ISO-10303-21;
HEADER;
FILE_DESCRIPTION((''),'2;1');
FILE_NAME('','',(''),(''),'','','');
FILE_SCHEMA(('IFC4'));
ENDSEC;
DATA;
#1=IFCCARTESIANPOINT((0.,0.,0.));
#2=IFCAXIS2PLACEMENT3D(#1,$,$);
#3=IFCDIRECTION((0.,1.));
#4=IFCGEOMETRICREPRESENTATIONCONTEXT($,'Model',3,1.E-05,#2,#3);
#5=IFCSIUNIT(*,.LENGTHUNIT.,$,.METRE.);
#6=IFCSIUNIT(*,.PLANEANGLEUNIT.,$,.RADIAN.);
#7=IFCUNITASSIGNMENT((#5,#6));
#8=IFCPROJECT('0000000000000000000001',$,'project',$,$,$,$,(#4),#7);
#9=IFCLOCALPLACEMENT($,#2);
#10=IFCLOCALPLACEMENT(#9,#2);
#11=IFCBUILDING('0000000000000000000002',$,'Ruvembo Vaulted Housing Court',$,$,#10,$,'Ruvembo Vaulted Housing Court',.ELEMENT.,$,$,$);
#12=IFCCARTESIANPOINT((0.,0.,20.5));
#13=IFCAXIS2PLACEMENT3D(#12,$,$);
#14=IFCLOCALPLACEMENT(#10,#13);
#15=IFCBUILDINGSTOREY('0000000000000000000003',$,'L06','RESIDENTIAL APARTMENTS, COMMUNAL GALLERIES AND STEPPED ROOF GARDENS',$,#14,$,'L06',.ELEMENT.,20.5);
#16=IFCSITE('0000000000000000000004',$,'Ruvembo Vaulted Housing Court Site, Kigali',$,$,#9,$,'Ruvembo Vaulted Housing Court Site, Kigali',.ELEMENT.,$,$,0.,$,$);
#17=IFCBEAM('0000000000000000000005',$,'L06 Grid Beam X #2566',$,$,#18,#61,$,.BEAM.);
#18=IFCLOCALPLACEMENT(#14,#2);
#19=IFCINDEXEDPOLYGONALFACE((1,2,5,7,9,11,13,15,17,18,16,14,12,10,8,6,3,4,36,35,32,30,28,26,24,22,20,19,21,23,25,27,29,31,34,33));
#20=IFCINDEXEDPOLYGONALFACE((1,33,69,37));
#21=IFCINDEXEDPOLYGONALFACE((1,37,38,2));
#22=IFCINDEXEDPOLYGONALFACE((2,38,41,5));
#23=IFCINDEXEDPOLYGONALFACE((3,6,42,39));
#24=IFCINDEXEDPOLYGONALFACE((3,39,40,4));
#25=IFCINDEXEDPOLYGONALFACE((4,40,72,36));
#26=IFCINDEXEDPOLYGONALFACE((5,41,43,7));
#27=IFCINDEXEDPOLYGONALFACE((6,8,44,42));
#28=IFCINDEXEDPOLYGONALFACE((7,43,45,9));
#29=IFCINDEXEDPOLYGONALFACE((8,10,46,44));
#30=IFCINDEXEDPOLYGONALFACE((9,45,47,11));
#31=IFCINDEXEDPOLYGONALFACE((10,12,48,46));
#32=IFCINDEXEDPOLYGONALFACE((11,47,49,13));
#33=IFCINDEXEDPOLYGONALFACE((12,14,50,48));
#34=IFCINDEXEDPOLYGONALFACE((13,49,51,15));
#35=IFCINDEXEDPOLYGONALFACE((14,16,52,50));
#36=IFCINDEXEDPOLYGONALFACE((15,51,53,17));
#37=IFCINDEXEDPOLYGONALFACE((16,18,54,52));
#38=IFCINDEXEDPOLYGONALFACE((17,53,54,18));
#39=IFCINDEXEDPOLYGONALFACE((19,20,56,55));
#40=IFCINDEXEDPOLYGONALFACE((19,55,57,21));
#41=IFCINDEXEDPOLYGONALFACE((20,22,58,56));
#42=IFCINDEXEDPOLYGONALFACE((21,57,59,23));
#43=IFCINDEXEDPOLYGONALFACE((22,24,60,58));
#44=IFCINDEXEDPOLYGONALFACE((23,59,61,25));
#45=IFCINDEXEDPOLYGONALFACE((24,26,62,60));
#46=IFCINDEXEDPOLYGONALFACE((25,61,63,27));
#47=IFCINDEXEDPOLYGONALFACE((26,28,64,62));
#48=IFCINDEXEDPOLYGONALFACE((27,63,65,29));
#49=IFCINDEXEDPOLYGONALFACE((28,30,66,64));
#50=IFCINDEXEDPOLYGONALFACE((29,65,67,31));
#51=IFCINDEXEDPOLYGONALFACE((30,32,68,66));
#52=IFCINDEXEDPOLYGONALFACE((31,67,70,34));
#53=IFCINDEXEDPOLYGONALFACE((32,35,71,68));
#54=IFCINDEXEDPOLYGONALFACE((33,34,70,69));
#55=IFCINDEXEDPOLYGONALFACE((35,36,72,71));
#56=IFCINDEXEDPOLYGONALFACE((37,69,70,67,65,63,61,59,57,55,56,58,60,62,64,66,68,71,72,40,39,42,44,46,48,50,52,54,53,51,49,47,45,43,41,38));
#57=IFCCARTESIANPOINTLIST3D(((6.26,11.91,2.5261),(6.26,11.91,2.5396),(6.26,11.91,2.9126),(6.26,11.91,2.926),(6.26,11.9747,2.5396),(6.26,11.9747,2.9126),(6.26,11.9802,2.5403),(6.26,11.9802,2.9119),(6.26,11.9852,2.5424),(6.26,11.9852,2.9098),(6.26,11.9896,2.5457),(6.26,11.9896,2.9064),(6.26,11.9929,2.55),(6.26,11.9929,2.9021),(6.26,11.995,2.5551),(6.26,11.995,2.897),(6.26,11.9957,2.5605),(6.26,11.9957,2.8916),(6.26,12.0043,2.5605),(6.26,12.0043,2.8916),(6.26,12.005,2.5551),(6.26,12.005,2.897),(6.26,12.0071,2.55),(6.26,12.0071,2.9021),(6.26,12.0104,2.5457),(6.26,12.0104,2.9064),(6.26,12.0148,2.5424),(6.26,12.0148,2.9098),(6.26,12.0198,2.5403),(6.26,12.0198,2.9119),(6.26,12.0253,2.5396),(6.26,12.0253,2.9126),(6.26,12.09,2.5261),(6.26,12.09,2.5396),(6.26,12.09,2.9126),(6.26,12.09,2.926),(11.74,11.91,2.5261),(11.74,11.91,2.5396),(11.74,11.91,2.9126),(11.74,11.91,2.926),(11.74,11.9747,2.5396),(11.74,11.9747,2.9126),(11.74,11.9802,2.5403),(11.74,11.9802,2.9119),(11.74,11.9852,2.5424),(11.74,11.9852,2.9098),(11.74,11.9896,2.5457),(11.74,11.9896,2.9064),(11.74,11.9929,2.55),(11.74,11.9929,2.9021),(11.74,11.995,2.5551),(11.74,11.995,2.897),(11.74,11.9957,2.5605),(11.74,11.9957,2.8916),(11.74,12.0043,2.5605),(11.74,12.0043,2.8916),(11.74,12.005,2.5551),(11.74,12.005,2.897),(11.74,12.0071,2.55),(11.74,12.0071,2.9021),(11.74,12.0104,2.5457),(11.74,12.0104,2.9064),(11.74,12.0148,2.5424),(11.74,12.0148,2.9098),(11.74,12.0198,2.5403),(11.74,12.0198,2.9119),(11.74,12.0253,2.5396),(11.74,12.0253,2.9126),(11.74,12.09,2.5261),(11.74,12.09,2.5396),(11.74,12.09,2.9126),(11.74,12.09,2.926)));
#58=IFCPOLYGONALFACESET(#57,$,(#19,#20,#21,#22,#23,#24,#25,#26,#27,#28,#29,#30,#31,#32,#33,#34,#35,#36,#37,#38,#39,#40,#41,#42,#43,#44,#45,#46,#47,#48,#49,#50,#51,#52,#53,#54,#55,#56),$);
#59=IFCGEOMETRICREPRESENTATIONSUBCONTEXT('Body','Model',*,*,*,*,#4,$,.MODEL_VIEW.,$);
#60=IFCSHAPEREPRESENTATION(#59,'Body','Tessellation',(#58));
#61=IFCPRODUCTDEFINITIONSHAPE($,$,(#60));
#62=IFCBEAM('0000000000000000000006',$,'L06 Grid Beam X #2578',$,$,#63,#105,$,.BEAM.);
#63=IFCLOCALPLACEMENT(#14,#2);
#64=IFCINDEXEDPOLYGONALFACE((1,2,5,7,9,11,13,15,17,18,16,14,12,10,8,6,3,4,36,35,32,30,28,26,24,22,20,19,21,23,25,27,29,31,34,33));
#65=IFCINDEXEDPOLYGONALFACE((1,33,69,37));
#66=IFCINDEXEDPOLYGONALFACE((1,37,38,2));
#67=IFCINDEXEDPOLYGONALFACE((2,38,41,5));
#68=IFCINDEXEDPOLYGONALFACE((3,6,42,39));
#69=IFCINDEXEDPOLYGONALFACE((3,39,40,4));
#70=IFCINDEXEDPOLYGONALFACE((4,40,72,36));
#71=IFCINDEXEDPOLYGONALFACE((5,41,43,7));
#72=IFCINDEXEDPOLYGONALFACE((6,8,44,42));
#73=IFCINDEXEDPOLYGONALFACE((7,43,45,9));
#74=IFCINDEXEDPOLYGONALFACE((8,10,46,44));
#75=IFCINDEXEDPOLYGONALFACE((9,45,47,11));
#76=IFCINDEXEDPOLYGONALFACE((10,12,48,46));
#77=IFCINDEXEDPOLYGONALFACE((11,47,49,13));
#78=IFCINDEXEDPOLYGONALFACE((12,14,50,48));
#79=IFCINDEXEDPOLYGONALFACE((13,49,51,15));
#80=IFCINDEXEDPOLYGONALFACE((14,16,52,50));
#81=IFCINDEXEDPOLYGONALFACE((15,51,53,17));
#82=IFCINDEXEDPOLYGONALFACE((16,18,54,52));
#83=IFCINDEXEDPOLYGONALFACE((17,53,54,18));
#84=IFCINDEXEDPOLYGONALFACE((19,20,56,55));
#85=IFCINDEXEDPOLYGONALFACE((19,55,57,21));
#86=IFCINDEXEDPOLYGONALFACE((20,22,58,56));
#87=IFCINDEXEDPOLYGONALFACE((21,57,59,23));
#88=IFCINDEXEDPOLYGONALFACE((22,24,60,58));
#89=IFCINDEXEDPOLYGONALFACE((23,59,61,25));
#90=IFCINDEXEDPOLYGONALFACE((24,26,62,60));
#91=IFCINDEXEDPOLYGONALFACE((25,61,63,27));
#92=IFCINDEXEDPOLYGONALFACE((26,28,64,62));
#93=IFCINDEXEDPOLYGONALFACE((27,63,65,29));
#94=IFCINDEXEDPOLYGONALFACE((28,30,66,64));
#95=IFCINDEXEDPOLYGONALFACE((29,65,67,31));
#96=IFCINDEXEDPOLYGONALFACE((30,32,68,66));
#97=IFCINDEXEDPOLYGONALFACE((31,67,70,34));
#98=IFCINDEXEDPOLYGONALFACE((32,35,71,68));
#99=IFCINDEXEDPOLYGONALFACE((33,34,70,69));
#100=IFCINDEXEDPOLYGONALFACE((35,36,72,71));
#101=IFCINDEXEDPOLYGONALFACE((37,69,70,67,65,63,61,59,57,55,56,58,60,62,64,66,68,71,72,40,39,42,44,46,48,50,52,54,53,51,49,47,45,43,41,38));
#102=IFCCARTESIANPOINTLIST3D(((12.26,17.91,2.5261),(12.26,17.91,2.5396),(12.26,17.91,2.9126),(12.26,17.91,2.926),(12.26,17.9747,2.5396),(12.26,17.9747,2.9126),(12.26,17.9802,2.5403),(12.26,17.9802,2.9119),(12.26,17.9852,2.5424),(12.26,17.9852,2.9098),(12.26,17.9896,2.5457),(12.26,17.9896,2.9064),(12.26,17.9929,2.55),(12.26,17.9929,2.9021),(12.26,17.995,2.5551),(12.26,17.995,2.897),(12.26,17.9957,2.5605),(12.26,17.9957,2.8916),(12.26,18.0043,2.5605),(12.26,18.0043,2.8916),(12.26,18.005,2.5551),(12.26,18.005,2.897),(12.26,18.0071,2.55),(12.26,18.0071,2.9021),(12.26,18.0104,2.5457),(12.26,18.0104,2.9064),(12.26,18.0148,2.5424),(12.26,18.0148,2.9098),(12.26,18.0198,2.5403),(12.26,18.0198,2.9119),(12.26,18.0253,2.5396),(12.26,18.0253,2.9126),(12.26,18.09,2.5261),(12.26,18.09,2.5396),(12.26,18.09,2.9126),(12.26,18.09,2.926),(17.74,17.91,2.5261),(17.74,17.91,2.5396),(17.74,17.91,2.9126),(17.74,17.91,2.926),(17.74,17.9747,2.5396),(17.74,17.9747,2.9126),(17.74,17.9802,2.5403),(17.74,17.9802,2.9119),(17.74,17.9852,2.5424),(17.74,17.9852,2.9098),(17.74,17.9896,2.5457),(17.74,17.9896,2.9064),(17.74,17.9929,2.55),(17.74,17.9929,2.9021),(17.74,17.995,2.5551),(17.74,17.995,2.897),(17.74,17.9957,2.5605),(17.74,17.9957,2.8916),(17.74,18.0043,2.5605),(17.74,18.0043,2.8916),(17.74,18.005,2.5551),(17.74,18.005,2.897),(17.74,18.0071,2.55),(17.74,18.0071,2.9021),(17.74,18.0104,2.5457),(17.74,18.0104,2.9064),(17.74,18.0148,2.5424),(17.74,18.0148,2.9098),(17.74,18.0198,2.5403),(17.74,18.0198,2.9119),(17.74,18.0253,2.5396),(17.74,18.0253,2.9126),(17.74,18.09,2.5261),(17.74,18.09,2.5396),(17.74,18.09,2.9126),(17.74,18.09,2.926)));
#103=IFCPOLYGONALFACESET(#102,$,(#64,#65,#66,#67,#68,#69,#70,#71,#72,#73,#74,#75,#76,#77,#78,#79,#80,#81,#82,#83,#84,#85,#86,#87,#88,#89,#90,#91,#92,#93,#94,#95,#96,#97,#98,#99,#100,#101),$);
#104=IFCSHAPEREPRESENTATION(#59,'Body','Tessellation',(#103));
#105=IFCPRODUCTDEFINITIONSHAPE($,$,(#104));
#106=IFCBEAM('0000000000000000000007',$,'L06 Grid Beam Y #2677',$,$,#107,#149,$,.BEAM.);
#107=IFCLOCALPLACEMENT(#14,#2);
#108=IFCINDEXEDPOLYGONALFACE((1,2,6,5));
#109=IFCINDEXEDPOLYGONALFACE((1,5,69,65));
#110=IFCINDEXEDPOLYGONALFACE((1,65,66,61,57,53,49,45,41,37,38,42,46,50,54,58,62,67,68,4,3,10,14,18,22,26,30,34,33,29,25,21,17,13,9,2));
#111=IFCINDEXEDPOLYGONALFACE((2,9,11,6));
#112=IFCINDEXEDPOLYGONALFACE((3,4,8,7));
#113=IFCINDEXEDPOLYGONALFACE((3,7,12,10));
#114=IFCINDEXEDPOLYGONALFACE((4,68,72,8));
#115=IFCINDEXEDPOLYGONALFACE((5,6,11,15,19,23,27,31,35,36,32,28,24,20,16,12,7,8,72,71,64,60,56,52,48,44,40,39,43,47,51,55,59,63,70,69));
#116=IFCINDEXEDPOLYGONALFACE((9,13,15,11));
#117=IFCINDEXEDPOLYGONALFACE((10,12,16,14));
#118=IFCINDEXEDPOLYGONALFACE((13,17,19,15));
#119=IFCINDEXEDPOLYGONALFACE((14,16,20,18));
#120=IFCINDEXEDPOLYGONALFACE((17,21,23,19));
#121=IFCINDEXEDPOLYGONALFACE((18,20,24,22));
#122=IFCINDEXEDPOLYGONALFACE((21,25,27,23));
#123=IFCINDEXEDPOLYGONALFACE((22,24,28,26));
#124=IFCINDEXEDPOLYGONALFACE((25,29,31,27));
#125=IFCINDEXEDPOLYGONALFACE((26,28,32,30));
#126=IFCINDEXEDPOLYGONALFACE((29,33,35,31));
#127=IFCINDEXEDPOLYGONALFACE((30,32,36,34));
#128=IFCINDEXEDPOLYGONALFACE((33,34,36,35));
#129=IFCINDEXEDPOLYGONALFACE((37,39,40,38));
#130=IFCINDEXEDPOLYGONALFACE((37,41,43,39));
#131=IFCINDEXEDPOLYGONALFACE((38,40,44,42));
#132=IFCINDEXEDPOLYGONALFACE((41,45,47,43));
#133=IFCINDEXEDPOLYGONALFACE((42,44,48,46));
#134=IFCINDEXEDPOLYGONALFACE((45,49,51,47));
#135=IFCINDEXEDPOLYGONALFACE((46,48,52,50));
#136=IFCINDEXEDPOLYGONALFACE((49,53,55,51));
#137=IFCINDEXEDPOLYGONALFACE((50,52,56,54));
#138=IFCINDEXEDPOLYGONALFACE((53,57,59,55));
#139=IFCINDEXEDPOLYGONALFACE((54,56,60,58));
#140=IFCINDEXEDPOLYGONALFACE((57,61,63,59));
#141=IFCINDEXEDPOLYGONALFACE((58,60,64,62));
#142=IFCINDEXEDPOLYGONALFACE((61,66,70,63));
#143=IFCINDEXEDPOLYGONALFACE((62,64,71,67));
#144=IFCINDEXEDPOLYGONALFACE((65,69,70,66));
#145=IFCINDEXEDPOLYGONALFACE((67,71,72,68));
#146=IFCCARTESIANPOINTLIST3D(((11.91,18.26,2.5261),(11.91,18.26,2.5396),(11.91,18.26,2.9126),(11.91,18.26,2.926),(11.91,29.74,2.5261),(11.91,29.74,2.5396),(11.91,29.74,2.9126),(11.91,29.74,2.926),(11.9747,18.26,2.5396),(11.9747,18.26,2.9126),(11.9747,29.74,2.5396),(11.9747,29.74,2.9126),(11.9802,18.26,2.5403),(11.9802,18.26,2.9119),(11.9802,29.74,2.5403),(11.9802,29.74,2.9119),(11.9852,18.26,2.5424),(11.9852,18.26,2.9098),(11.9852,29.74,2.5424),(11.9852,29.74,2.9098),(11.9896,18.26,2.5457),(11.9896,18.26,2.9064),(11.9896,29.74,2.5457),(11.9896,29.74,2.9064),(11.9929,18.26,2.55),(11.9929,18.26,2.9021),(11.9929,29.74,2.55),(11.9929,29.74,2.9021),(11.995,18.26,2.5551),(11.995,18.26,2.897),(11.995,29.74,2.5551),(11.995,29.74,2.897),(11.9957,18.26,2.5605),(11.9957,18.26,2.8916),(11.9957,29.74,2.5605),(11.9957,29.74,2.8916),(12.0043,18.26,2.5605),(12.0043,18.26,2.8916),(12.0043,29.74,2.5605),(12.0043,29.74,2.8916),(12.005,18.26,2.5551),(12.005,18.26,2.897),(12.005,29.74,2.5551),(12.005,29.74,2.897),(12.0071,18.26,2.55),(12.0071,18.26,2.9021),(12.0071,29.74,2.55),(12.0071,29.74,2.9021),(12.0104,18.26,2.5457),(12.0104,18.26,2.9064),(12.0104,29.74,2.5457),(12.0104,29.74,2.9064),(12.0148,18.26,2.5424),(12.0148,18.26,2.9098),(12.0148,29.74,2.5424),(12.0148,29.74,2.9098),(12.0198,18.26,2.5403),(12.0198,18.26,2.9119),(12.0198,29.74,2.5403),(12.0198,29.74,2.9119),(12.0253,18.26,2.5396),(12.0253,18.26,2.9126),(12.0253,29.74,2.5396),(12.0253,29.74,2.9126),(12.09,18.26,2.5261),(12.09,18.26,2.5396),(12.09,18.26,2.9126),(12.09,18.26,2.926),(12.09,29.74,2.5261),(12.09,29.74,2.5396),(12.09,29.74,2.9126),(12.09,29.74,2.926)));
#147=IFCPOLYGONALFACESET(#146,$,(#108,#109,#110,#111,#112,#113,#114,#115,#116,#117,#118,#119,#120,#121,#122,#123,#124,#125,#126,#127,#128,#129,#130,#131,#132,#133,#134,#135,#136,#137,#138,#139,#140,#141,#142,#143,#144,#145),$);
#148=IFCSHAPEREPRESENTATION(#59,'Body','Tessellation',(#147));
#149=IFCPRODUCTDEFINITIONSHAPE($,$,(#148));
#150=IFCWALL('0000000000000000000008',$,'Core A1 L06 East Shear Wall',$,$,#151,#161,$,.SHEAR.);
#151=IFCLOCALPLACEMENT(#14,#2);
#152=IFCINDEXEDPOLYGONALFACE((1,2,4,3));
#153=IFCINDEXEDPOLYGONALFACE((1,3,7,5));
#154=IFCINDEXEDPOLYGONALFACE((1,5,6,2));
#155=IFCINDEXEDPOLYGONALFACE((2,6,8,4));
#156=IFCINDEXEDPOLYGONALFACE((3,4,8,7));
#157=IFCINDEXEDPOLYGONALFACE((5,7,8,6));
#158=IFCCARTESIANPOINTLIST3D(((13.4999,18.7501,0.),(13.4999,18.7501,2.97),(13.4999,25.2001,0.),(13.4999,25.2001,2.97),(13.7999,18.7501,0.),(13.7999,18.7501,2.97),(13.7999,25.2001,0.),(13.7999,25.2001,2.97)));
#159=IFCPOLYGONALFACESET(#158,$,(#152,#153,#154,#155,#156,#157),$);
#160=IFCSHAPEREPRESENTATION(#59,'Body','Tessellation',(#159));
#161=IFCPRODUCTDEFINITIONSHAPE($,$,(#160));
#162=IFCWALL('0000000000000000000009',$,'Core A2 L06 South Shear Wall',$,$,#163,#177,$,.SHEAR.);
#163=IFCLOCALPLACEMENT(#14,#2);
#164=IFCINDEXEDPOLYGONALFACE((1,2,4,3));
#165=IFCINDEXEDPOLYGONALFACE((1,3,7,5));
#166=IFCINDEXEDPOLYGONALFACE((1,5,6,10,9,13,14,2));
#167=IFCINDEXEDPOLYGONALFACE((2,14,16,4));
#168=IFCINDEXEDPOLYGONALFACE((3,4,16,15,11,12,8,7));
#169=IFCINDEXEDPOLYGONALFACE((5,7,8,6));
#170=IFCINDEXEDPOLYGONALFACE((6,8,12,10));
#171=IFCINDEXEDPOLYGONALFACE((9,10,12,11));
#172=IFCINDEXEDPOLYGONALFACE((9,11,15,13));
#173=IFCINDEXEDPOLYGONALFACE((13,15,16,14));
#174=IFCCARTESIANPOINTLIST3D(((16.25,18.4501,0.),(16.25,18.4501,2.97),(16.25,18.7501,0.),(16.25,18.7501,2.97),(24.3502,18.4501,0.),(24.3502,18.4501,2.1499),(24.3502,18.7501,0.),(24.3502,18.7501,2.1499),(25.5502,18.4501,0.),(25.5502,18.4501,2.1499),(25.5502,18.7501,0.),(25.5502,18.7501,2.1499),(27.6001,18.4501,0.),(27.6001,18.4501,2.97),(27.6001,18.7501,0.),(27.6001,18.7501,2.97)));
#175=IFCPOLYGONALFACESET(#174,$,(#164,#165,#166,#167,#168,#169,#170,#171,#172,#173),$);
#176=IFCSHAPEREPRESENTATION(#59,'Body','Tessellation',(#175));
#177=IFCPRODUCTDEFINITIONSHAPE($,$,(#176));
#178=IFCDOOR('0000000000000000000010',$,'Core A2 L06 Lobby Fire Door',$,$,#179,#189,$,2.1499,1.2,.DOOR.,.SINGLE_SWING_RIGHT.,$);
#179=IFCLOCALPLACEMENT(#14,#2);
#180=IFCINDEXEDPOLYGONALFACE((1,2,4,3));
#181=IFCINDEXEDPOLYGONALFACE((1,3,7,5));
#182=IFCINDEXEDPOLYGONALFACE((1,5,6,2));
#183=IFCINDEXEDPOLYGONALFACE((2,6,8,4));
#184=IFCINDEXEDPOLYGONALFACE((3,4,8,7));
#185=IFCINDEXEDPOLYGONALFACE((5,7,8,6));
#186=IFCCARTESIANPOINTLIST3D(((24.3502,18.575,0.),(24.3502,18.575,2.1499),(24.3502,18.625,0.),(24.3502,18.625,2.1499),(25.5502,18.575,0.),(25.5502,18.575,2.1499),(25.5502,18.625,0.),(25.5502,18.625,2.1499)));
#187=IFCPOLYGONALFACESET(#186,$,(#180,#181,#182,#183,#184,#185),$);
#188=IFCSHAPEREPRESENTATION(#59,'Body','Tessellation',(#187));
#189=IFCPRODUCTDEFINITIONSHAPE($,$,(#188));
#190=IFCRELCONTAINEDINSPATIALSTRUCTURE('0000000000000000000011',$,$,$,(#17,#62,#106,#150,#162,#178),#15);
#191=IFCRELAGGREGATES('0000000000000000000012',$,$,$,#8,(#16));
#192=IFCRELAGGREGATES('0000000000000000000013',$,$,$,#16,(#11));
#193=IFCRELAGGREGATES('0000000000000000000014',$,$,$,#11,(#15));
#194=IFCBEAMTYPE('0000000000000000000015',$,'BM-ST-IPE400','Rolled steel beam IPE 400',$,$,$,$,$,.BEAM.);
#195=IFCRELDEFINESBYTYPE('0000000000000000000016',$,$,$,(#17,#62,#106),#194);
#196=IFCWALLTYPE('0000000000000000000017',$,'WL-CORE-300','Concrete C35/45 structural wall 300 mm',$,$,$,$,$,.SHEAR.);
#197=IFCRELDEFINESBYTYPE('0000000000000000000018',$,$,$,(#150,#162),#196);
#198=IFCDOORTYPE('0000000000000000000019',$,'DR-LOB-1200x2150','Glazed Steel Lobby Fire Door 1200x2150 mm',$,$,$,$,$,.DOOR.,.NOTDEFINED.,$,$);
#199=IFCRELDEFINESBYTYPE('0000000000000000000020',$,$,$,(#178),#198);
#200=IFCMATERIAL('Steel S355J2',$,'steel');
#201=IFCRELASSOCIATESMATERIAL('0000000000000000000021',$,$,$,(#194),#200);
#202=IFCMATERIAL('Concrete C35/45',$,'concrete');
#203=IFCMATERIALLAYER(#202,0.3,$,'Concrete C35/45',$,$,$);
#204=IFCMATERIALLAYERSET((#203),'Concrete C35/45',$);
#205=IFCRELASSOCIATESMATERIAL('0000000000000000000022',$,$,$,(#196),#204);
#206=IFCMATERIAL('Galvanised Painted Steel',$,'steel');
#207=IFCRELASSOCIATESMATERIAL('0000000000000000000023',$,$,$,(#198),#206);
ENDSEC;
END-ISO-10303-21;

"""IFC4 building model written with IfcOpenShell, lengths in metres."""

from ifc_helpers import new_model, si_unit, direction, frame, frame_2d, origin, origin_2d, place, context, subcontext, project, spatial, rectangle, i_section, extrude, material, layer, layer_set, material_profile, profile_set, type_object, element, fill, save


model = new_model("IFC4")

# Units and contexts
model_context = context("Model", 3, precision=1e-05, world=origin(), true_north=direction((0.0, 1.0)))
body_context = subcontext(model_context, "Body", "Model", "MODEL_VIEW")
ifc_project = project(units=[si_unit("LENGTHUNIT", "METRE"), si_unit("PLANEANGLEUNIT", "RADIAN")], contexts=[model_context])

# Site, building, storey
site_placement = place(None, origin())
site = spatial("IfcSite", under=ifc_project, at=site_placement, Name="Ruvembo Vaulted Housing Court Site, Kigali", LongName="Ruvembo Vaulted Housing Court Site, Kigali", CompositionType="ELEMENT", RefElevation=0.0)
building_placement = place(site_placement, origin())
building = spatial("IfcBuilding", under=site, at=building_placement, Name="Ruvembo Vaulted Housing Court", LongName="Ruvembo Vaulted Housing Court", CompositionType="ELEMENT")
storey_placement = place(building_placement, frame((0.0, 0.0, 20.5)))
storey = spatial("IfcBuildingStorey", under=building, at=storey_placement, Name="L06", Description="RESIDENTIAL APARTMENTS, COMMUNAL GALLERIES AND STEPPED ROOF GARDENS", LongName="L06", CompositionType="ELEMENT", Elevation=20.5)

# Shared definitions
ifc_material_1 = material(Name="Concrete C35/45", Category="concrete")

# Beams
ifc_material_2 = material(Name="Steel S355J2", Category="steel")
ifc_material_profile_1 = material_profile(ifc_material_2, i_section(OverallWidth=0.1799, OverallDepth=0.3999, WebThickness=0.0085, FlangeThickness=0.0134, FilletRadius=0.021, at=origin_2d()), Name="IPE 400")
ifc_profile_set_1 = profile_set([ifc_material_profile_1], Name="Steel S355J2")
beam_type_1 = type_object("IfcBeamType", Name="BM-ST-IPE400", Description="Rolled steel beam IPE 400", PredefinedType="BEAM", material=ifc_profile_set_1)
for number, where, z_axis, x_axis, name in (
    (1, (6.26, 12.0, 2.7261), (1.0, 0.0, 0.0), (0.0, 1.0, 0.0), "L06 Grid Beam X #2566"),
    (2, (12.26, 18.0, 2.7261), (1.0, 0.0, 0.0), (0.0, 1.0, 0.0), "L06 Grid Beam X #2578"),
):
    element("IfcBeam", number, at=place(storey_placement, frame(where, z_axis=z_axis, x_axis=x_axis)), inside=storey, type_object=beam_type_1, Name=name, PredefinedType="BEAM", context=body_context, shape_type="SweptSolid", body=[
        extrude(i_section(OverallWidth=0.1799, OverallDepth=0.3999, WebThickness=0.0085, FlangeThickness=0.0134, FilletRadius=0.021, at=origin_2d()), origin(), (0.0, 0.0, 1.0), 5.48),
    ])
beam_1_placement = place(storey_placement, frame((12.0, 18.26, 2.7261), z_axis=(0.0, 1.0, 0.0), x_axis=(-1.0, 0.0, 0.0)))
element("IfcBeam", 3, at=beam_1_placement, inside=storey, type_object=beam_type_1, Name="L06 Grid Beam Y #2677", PredefinedType="BEAM", context=body_context, shape_type="SweptSolid", body=[
    extrude(i_section(OverallWidth=0.1799, OverallDepth=0.3999, WebThickness=0.0085, FlangeThickness=0.0134, FilletRadius=0.021, at=origin_2d()), origin(), (0.0, 0.0, 1.0), 11.48),
])

# Shared definitions
ifc_layer_1 = layer(ifc_material_1, 0.3, Name="Concrete C35/45")
ifc_layer_set_1 = layer_set([ifc_layer_1], Name="Concrete C35/45")
wall_type_1 = type_object("IfcWallType", Name="WL-CORE-300", Description="Concrete C35/45 structural wall 300 mm", PredefinedType="SHEAR", material=ifc_layer_set_1)
ifc_material_3 = material(Name="Galvanised Painted Steel", Category="steel")

# Wall
wall_1_placement = place(storey_placement, frame((13.6499, 18.75, 0.0), z_axis=(0.0, 0.0, 1.0), x_axis=(0.0, 1.0, 0.0)))
element("IfcWall", 4, at=wall_1_placement, inside=storey, type_object=wall_type_1, Name="Core A1 L06 East Shear Wall", PredefinedType="SHEAR", context=body_context, shape_type="SweptSolid", body=[
    extrude(rectangle(XDim=6.45, YDim=0.3, at=frame_2d((3.2251, 0.0))), origin(), (0.0, 0.0, 1.0), 2.97),
])

# Wall, opening, door
wall_2_placement = place(storey_placement, frame((16.25, 18.6001, 0.0), z_axis=(0.0, 0.0, 1.0), x_axis=(1.0, 0.0, 0.0)))
wall_2 = element("IfcWall", 5, at=wall_2_placement, inside=storey, type_object=wall_type_1, Name="Core A2 L06 South Shear Wall", PredefinedType="SHEAR", context=body_context, shape_type="SweptSolid", body=[
    extrude(rectangle(XDim=11.3501, YDim=0.3, at=frame_2d((5.675, 0.0))), origin(), (0.0, 0.0, 1.0), 2.97),
])
opening_1_placement = place(wall_2_placement, frame((8.1001, 0.0, 0.0)))
opening_1 = element("IfcOpeningElement", 6, at=opening_1_placement, cuts=wall_2, PredefinedType="OPENING", context=body_context, shape_type="SweptSolid", body=[
    extrude(rectangle(XDim=1.2, YDim=2.1499, at=frame_2d((0.6001, 1.075))), frame((0.0, 0.1599, 0.0), z_axis=(0.0, -1.0, 0.0), x_axis=(1.0, 0.0, 0.0)), (0.0, 0.0, 1.0), 0.3201),
])
door_type_1 = type_object("IfcDoorType", Name="DR-LOB-1200x2150", Description="Glazed Steel Lobby Fire Door 1200x2150 mm", OperationType="NOTDEFINED", PredefinedType="DOOR", material=ifc_material_3)
door_1_placement = place(opening_1_placement, origin())
door_1 = element("IfcDoor", 7, at=door_1_placement, inside=storey, type_object=door_type_1, Name="Core A2 L06 Lobby Fire Door", OperationType="SINGLE_SWING_RIGHT", OverallHeight=2.1499, OverallWidth=1.2, PredefinedType="DOOR", context=body_context, shape_type="SweptSolid", body=[
    extrude(rectangle(XDim=1.2, YDim=2.1499, at=frame_2d((0.6001, 1.075))), frame((0.0, 0.0249, 0.0), z_axis=(0.0, -1.0, 0.0), x_axis=(1.0, 0.0, 0.0)), (0.0, 0.0, 1.0), 0.05),
])
fill(opening_1, door_1)

save(model, "model.ifc")
